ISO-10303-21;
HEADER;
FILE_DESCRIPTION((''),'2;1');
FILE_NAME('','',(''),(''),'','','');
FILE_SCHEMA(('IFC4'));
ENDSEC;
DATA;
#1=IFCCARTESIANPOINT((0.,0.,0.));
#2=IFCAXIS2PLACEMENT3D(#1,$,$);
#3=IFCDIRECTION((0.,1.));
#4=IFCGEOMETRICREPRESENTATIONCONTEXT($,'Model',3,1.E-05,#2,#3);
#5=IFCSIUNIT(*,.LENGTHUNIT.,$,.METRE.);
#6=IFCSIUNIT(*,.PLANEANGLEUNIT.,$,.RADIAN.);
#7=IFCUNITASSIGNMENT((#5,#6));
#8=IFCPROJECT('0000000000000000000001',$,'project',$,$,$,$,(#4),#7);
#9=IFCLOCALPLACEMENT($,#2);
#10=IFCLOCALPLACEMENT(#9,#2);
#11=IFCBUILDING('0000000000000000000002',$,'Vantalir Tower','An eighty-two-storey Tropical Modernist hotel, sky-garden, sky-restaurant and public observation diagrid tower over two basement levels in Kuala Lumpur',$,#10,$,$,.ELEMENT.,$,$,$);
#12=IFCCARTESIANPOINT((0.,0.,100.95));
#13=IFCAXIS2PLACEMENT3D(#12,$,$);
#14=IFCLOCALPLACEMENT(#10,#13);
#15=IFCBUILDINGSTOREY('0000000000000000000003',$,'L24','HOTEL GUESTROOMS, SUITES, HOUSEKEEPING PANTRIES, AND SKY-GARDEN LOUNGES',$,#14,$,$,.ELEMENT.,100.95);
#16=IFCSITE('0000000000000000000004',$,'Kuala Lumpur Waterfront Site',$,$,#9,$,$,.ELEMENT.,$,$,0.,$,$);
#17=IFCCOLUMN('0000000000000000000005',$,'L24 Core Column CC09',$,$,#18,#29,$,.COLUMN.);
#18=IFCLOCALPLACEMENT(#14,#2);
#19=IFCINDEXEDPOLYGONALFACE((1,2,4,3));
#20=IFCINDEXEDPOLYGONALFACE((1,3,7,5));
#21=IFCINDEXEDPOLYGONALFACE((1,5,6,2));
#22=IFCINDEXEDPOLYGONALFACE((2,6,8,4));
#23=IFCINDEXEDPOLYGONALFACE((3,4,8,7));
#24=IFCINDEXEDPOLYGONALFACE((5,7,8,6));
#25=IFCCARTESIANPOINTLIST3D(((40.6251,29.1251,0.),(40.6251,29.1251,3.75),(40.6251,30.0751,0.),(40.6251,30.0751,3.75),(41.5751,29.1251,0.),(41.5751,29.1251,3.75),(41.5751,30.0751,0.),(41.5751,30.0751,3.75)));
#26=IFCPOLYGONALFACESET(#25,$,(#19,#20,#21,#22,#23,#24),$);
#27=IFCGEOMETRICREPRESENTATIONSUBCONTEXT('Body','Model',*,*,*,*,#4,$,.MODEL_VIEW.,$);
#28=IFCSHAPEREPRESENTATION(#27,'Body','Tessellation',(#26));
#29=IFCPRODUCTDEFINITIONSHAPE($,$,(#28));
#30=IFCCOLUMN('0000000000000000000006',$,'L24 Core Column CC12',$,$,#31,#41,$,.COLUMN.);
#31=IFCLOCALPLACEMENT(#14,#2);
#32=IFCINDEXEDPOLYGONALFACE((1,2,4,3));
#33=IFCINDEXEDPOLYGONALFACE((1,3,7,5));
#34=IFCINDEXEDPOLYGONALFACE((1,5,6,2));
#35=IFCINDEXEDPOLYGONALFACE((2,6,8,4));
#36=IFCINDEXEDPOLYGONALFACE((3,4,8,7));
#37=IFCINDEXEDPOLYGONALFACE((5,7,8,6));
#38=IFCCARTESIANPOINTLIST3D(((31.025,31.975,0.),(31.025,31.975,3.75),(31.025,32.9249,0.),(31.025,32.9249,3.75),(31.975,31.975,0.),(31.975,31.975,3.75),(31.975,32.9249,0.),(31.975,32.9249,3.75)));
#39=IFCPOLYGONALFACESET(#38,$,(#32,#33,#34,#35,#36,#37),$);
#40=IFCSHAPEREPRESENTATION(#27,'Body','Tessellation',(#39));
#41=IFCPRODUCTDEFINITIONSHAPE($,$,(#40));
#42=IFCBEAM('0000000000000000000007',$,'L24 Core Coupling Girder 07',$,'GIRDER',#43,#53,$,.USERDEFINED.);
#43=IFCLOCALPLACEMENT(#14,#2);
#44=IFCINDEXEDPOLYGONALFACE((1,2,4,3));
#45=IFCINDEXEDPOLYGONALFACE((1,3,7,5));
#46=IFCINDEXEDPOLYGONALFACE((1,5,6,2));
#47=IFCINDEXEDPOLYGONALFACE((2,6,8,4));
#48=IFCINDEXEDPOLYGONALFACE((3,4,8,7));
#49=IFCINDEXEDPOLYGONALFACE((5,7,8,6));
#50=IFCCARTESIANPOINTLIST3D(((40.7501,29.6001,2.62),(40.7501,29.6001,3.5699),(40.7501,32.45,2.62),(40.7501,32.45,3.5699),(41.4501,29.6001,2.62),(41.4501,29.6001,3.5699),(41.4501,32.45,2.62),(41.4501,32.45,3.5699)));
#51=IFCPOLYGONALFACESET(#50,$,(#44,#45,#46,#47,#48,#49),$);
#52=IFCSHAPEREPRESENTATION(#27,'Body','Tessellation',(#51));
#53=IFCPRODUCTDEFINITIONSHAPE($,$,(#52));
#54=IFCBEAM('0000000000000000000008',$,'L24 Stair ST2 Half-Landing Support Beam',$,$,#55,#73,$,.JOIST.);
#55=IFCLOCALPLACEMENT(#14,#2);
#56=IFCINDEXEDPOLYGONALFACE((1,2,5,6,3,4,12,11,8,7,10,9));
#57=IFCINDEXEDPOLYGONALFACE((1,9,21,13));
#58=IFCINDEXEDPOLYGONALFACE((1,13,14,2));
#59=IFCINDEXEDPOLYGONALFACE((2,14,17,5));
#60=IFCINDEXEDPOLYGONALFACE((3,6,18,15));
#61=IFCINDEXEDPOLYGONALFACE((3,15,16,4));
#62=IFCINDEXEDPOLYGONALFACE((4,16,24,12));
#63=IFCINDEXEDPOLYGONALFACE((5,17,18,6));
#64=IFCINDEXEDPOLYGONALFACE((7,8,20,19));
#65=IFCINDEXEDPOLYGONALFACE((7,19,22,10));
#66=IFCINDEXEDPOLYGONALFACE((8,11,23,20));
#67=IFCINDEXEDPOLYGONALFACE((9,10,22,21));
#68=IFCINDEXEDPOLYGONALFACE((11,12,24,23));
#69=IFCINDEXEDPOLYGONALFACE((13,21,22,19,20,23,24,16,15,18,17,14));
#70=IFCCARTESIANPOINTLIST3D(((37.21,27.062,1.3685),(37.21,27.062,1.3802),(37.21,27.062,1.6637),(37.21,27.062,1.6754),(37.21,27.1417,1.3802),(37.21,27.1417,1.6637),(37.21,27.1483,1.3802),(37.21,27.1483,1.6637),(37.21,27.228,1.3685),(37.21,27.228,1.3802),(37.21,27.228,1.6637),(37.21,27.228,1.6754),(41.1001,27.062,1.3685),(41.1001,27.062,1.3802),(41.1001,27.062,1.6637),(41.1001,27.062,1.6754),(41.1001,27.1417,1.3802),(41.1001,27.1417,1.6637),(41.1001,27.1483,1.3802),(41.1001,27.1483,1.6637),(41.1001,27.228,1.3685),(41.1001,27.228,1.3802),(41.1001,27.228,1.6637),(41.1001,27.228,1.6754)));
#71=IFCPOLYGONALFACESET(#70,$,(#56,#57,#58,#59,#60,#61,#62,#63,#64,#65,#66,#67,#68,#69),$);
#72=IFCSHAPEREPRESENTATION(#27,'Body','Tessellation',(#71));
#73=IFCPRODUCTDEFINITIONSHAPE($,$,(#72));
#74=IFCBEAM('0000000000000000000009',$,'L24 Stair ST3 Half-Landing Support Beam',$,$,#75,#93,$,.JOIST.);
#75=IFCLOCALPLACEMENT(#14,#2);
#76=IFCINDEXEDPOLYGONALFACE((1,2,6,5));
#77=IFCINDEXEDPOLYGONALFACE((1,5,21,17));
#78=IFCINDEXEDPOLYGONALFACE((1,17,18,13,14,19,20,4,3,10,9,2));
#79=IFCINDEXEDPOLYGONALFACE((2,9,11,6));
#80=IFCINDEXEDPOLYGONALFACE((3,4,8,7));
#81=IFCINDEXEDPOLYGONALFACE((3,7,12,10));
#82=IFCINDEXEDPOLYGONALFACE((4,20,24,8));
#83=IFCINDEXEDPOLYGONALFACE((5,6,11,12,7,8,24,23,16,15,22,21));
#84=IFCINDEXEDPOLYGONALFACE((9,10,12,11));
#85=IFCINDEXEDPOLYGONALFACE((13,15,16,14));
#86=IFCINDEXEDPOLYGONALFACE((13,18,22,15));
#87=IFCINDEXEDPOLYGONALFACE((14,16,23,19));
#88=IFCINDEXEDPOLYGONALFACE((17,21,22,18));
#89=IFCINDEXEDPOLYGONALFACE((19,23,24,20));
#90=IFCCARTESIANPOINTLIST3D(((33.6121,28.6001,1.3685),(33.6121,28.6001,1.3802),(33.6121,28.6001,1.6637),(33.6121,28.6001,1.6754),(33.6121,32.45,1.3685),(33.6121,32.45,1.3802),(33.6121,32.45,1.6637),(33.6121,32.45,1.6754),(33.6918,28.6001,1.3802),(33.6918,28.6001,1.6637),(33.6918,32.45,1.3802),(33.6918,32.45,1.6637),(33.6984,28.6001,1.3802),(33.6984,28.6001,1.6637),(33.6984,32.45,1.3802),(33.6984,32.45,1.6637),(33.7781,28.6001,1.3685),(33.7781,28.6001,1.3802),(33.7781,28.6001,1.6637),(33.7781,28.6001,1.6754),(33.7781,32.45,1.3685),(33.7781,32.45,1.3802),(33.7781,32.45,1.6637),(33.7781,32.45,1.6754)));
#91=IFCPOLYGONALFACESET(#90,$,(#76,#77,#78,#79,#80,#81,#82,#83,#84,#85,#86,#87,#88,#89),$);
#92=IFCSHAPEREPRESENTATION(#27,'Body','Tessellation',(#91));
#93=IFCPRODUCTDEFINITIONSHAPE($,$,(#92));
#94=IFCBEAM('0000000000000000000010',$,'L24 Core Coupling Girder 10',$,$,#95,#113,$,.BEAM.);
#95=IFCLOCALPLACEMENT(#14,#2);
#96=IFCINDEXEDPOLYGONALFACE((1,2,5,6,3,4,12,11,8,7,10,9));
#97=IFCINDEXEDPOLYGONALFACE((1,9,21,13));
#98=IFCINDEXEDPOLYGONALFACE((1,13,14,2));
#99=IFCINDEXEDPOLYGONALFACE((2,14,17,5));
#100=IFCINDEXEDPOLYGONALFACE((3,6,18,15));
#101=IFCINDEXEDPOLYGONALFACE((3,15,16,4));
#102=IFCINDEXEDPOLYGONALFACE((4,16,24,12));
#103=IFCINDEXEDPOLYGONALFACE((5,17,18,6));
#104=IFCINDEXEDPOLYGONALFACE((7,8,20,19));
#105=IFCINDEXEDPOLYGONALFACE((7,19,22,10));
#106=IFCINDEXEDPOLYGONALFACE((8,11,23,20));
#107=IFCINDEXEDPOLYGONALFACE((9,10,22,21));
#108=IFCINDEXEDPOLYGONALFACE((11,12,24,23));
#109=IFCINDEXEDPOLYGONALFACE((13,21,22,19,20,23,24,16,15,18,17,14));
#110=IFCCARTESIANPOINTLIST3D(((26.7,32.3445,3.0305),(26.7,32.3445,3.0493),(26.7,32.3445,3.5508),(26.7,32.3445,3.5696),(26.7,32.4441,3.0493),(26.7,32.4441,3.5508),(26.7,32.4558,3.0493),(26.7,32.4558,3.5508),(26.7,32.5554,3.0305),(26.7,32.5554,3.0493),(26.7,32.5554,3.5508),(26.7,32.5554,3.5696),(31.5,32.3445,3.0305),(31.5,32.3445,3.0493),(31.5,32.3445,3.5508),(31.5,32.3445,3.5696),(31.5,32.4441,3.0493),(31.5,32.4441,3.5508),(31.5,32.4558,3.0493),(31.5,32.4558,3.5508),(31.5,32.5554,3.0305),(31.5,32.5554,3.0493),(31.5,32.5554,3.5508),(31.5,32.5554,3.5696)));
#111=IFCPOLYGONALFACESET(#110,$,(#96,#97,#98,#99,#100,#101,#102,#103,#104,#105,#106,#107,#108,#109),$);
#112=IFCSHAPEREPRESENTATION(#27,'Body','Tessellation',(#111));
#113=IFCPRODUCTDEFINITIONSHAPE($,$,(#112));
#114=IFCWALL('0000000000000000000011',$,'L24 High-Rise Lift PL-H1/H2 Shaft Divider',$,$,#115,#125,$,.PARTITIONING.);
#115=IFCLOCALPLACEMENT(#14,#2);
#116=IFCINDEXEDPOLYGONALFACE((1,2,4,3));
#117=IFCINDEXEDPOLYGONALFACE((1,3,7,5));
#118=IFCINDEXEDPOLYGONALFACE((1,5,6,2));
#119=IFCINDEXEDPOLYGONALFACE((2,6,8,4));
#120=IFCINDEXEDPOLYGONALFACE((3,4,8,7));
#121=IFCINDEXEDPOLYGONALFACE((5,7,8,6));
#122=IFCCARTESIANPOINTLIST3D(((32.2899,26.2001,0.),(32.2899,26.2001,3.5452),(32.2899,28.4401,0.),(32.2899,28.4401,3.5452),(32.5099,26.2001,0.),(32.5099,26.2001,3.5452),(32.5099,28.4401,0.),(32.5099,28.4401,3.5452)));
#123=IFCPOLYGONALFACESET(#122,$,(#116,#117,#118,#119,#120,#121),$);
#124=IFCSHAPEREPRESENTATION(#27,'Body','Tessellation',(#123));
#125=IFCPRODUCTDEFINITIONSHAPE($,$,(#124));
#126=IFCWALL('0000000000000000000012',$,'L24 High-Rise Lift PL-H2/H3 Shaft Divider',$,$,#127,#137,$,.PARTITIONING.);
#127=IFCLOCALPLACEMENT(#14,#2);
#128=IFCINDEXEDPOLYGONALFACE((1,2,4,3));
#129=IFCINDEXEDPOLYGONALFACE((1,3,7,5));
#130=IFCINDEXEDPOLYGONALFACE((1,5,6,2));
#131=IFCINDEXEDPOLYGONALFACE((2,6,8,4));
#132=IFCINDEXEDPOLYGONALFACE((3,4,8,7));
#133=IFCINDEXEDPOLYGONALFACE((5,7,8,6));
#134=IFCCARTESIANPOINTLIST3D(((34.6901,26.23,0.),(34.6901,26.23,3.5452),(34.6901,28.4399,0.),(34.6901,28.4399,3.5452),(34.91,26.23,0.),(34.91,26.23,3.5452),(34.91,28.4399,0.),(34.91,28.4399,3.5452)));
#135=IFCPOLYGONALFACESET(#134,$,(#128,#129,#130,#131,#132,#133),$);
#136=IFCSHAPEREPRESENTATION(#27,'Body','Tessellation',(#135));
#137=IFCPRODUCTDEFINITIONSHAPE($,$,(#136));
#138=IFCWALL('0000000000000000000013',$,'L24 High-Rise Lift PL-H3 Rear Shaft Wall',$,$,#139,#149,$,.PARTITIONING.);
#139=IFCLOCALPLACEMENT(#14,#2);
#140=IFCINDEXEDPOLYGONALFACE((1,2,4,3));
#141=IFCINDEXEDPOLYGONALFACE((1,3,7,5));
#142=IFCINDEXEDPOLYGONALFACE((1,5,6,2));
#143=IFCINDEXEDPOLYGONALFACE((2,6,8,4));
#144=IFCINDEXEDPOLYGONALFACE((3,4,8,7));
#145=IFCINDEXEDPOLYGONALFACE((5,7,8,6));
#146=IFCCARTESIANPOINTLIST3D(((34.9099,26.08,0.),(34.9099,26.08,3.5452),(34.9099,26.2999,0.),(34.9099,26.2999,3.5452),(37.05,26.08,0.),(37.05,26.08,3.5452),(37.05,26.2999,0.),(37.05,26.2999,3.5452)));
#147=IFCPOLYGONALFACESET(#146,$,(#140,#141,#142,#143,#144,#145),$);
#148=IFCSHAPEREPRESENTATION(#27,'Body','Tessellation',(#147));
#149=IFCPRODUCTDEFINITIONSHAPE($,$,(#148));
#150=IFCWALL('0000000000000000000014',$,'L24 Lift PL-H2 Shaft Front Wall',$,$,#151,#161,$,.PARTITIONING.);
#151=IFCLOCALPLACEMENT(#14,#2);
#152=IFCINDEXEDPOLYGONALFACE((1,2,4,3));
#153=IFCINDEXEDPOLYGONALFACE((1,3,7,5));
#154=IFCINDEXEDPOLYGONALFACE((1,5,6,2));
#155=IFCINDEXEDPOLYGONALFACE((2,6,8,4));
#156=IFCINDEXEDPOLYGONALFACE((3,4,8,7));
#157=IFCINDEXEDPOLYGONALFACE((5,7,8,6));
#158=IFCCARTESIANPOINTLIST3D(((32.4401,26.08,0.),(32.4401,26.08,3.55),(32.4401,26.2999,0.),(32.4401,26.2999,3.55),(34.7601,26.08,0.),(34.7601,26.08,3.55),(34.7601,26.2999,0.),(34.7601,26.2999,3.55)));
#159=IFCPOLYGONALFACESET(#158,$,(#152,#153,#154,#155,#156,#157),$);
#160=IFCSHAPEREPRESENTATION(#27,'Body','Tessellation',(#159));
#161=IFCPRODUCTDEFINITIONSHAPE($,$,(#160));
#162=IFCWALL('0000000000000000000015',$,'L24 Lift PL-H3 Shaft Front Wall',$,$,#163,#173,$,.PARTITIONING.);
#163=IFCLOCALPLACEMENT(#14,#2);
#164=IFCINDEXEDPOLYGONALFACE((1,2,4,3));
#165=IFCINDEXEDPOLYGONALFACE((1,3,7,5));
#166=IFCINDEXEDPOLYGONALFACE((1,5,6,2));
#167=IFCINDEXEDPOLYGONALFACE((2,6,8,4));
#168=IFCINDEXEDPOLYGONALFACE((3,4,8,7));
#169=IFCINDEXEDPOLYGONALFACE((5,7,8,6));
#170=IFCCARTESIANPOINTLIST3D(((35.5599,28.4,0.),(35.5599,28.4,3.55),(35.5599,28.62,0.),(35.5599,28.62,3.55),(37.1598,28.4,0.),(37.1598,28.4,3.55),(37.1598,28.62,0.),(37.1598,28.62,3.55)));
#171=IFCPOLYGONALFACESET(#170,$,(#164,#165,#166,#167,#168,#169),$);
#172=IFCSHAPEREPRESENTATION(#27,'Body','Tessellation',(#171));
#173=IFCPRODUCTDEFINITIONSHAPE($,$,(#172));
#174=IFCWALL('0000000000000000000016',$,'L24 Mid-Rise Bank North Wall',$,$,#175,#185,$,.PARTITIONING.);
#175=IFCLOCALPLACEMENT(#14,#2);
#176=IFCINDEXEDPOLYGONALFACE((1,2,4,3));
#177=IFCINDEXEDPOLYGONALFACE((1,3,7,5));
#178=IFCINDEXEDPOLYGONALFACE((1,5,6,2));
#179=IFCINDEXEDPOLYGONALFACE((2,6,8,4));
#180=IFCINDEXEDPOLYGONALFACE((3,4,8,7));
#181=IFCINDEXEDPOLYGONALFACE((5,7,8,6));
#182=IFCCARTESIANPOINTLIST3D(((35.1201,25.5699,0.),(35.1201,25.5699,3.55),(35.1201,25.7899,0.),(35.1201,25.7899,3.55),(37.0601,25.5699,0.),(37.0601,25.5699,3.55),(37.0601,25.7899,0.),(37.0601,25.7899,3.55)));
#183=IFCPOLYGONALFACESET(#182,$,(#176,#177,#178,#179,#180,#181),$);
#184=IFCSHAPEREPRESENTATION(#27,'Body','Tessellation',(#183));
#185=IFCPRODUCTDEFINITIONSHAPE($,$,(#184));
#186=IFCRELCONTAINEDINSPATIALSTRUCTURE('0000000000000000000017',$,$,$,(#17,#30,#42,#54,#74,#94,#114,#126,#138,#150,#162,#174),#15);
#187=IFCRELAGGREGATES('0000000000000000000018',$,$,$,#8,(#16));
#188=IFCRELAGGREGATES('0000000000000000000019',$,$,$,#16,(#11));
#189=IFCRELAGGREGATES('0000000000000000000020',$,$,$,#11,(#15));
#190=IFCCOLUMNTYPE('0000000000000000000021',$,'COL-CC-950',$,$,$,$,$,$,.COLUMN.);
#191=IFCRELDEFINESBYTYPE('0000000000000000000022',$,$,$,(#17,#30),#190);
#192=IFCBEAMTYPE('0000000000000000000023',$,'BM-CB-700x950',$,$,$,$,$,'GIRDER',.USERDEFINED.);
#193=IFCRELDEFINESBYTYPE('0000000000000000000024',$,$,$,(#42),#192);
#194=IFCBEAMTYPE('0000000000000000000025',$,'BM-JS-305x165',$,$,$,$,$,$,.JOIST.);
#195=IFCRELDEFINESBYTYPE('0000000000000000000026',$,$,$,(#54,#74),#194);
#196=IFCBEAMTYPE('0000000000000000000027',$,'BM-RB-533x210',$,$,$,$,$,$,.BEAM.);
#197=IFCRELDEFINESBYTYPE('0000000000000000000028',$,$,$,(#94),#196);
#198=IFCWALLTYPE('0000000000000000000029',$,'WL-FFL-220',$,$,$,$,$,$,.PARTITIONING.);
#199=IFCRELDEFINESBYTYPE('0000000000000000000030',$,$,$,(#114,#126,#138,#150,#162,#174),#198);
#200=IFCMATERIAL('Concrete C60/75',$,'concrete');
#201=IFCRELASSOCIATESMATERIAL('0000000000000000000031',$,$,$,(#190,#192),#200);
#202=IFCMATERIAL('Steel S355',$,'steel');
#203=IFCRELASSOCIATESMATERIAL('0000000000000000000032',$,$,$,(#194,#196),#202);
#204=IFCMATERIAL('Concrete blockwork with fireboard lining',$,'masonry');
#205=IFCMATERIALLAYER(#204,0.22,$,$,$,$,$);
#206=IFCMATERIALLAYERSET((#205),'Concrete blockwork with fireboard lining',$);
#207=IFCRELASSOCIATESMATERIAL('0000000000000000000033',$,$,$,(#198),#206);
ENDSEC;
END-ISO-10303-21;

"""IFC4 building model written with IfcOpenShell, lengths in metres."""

from ifc_helpers import new_model, si_unit, direction, frame, frame_2d, origin, origin_2d, place, context, subcontext, project, spatial, rectangle, i_section, extrude, material, layer, layer_set, material_profile, profile_set, type_object, element, save


model = new_model("IFC4")

# Units and contexts
model_context = context("Model", 3, precision=1e-05, world=origin(), true_north=direction((0.0, 1.0)))
body_context = subcontext(model_context, "Body", "Model", "MODEL_VIEW")
ifc_project = project(units=[si_unit("LENGTHUNIT", "METRE"), si_unit("PLANEANGLEUNIT", "RADIAN")], contexts=[model_context])

# Site, building, storey
site_placement = place(None, origin())
site = spatial("IfcSite", under=ifc_project, at=site_placement, Name="Kuala Lumpur Waterfront Site", CompositionType="ELEMENT", RefElevation=0.0)
building_placement = place(site_placement, origin())
building = spatial("IfcBuilding", under=site, at=building_placement, Name="Vantalir Tower", Description="An eighty-two-storey Tropical Modernist hotel, sky-garden, sky-restaurant and public observation diagrid tower over two basement levels in Kuala Lumpur", CompositionType="ELEMENT")
storey_placement = place(building_placement, frame((0.0, 0.0, 100.95)))
storey = spatial("IfcBuildingStorey", under=building, at=storey_placement, Name="L24", Description="HOTEL GUESTROOMS, SUITES, HOUSEKEEPING PANTRIES, AND SKY-GARDEN LOUNGES", CompositionType="ELEMENT", Elevation=100.95)

# Columns
ifc_material_1 = material(Name="Concrete C60/75", Category="concrete")
ifc_material_profile_1 = material_profile(ifc_material_1, rectangle(XDim=0.95, YDim=0.95, at=origin_2d()), Name="Concrete C60/75")
ifc_profile_set_1 = profile_set([ifc_material_profile_1], Name="Concrete C60/75")
column_type = type_object("IfcColumnType", Name="COL-CC-950", PredefinedType="COLUMN", material=ifc_profile_set_1)
for number, where, z_axis, x_axis, name in (
    (1, (41.1001, 29.6001, 0.0), (0.0, 0.0, 1.0), (1.0, 0.0, 0.0), "L24 Core Column CC09"),
    (2, (31.5, 32.45, 0.0), (0.0, 0.0, 1.0), (1.0, 0.0, 0.0), "L24 Core Column CC12"),
):
    element("IfcColumn", number, at=place(storey_placement, frame(where, z_axis=z_axis, x_axis=x_axis)), inside=storey, type_object=column_type, Name=name, PredefinedType="COLUMN", context=body_context, shape_type="SweptSolid", body=[
        extrude(rectangle(XDim=0.95, YDim=0.95, at=origin_2d()), origin(), (0.0, 0.0, 1.0), 3.75),
    ])

# Beams
ifc_material_profile_2 = material_profile(ifc_material_1, rectangle(XDim=0.7, YDim=0.95, at=origin_2d()), Name="Concrete C60/75")
ifc_profile_set_2 = profile_set([ifc_material_profile_2], Name="Concrete C60/75")
beam_type_1 = type_object("IfcBeamType", Name="BM-CB-700x950", ElementType="GIRDER", PredefinedType="USERDEFINED", material=ifc_profile_set_2)
beam_1_placement = place(storey_placement, frame((41.1001, 29.6001, 3.095), z_axis=(0.0, 1.0, 0.0), x_axis=(-1.0, 0.0, 0.0)))
element("IfcBeam", 3, at=beam_1_placement, inside=storey, type_object=beam_type_1, Name="L24 Core Coupling Girder 07", ObjectType="GIRDER", PredefinedType="USERDEFINED", context=body_context, shape_type="SweptSolid", body=[
    extrude(rectangle(XDim=0.7, YDim=0.95, at=origin_2d()), origin(), (0.0, 0.0, 1.0), 2.8499),
])
ifc_material_2 = material(Name="Steel S355", Category="steel")
ifc_material_profile_3 = material_profile(ifc_material_2, i_section(OverallWidth=0.166, OverallDepth=0.3069, WebThickness=0.0066, FlangeThickness=0.0117, at=origin_2d()), Name="Steel S355")
ifc_profile_set_3 = profile_set([ifc_material_profile_3], Name="Steel S355")
beam_type_2 = type_object("IfcBeamType", Name="BM-JS-305x165", PredefinedType="JOIST", material=ifc_profile_set_3)
beam_2_placement = place(storey_placement, frame((37.21, 27.145, 1.522), z_axis=(1.0, 0.0, 0.0), x_axis=(0.0, 1.0, 0.0)))
element("IfcBeam", 4, at=beam_2_placement, inside=storey, type_object=beam_type_2, Name="L24 Stair ST2 Half-Landing Support Beam", PredefinedType="JOIST", context=body_context, shape_type="SweptSolid", body=[
    extrude(i_section(OverallWidth=0.166, OverallDepth=0.3069, WebThickness=0.0066, FlangeThickness=0.0117, at=origin_2d()), origin(), (0.0, 0.0, 1.0), 3.8901),
])
beam_3_placement = place(storey_placement, frame((33.6951, 28.6001, 1.522), z_axis=(0.0, 1.0, 0.0), x_axis=(-1.0, 0.0, 0.0)))
element("IfcBeam", 5, at=beam_3_placement, inside=storey, type_object=beam_type_2, Name="L24 Stair ST3 Half-Landing Support Beam", PredefinedType="JOIST", context=body_context, shape_type="SweptSolid", body=[
    extrude(i_section(OverallWidth=0.166, OverallDepth=0.3069, WebThickness=0.0066, FlangeThickness=0.0117, at=origin_2d()), origin(), (0.0, 0.0, 1.0), 3.8499),
])
ifc_material_profile_4 = material_profile(ifc_material_2, i_section(OverallWidth=0.2109, OverallDepth=0.5391, WebThickness=0.0117, FlangeThickness=0.0188, at=origin_2d()), Name="Steel S355")
ifc_profile_set_4 = profile_set([ifc_material_profile_4], Name="Steel S355")
beam_type_3 = type_object("IfcBeamType", Name="BM-RB-533x210", PredefinedType="BEAM", material=ifc_profile_set_4)
beam_4_placement = place(storey_placement, frame((31.5, 32.45, 3.3), z_axis=(-1.0, 0.0, 0.0), x_axis=(0.0, -1.0, 0.0)))
element("IfcBeam", 6, at=beam_4_placement, inside=storey, type_object=beam_type_3, Name="L24 Core Coupling Girder 10", PredefinedType="BEAM", context=body_context, shape_type="SweptSolid", body=[
    extrude(i_section(OverallWidth=0.2109, OverallDepth=0.5391, WebThickness=0.0117, FlangeThickness=0.0188, at=origin_2d()), origin(), (0.0, 0.0, 1.0), 4.8),
])

# Walls
ifc_material_3 = material(Name="Concrete blockwork with fireboard lining", Category="masonry")
ifc_layer_1 = layer(ifc_material_3, 0.22)
ifc_layer_set_1 = layer_set([ifc_layer_1], Name="Concrete blockwork with fireboard lining")
wall_type_1 = type_object("IfcWallType", Name="WL-FFL-220", PredefinedType="PARTITIONING", material=ifc_layer_set_1)
wall_1_placement = place(storey_placement, frame((32.3999, 26.2, 0.0), z_axis=(0.0, 0.0, 1.0), x_axis=(0.0, 1.0, 0.0)))
element("IfcWall", 7, at=wall_1_placement, inside=storey, type_object=wall_type_1, Name="L24 High-Rise Lift PL-H1/H2 Shaft Divider", PredefinedType="PARTITIONING", context=body_context, shape_type="SweptSolid", body=[
    extrude(rectangle(XDim=2.24, YDim=0.22, at=frame_2d((1.1201, 0.0))), origin(), (0.0, 0.0, 1.0), 3.5452),
])
wall_2_placement = place(storey_placement, frame((34.8, 26.23, 0.0), z_axis=(0.0, 0.0, 1.0), x_axis=(0.0, 1.0, 0.0)))
element("IfcWall", 8, at=wall_2_placement, inside=storey, type_object=wall_type_1, Name="L24 High-Rise Lift PL-H2/H3 Shaft Divider", PredefinedType="PARTITIONING", context=body_context, shape_type="SweptSolid", body=[
    extrude(rectangle(XDim=2.21, YDim=0.22, at=frame_2d((1.105, 0.0))), origin(), (0.0, 0.0, 1.0), 3.5452),
])
wall_3_placement = place(storey_placement, frame((34.9099, 26.1899, 0.0), z_axis=(0.0, 0.0, 1.0), x_axis=(1.0, 0.0, 0.0)))
element("IfcWall", 9, at=wall_3_placement, inside=storey, type_object=wall_type_1, Name="L24 High-Rise Lift PL-H3 Rear Shaft Wall", PredefinedType="PARTITIONING", context=body_context, shape_type="SweptSolid", body=[
    extrude(rectangle(XDim=2.1401, YDim=0.22, at=frame_2d((1.0701, 0.0))), origin(), (0.0, 0.0, 1.0), 3.5452),
])
wall_4_placement = place(storey_placement, frame((32.4399, 26.1899, 0.0), z_axis=(0.0, 0.0, 1.0), x_axis=(1.0, 0.0, 0.0)))
element("IfcWall", 10, at=wall_4_placement, inside=storey, type_object=wall_type_1, Name="L24 Lift PL-H2 Shaft Front Wall", PredefinedType="PARTITIONING", context=body_context, shape_type="SweptSolid", body=[
    extrude(rectangle(XDim=2.3201, YDim=0.22, at=frame_2d((1.1602, 0.0))), origin(), (0.0, 0.0, 1.0), 3.55),
])
wall_5_placement = place(storey_placement, frame((35.5601, 28.51, 0.0), z_axis=(0.0, 0.0, 1.0), x_axis=(1.0, 0.0, 0.0)))
element("IfcWall", 11, at=wall_5_placement, inside=storey, type_object=wall_type_1, Name="L24 Lift PL-H3 Shaft Front Wall", PredefinedType="PARTITIONING", context=body_context, shape_type="SweptSolid", body=[
    extrude(rectangle(XDim=1.5999, YDim=0.22, at=frame_2d((0.7998, 0.0))), origin(), (0.0, 0.0, 1.0), 3.55),
])
wall_6_placement = place(storey_placement, frame((35.1201, 25.6799, 0.0), z_axis=(0.0, 0.0, 1.0), x_axis=(1.0, 0.0, 0.0)))
element("IfcWall", 12, at=wall_6_placement, inside=storey, type_object=wall_type_1, Name="L24 Mid-Rise Bank North Wall", PredefinedType="PARTITIONING", context=body_context, shape_type="SweptSolid", body=[
    extrude(rectangle(XDim=1.9399, YDim=0.22, at=frame_2d((0.97, 0.0))), origin(), (0.0, 0.0, 1.0), 3.55),
])

save(model, "model.ifc")
